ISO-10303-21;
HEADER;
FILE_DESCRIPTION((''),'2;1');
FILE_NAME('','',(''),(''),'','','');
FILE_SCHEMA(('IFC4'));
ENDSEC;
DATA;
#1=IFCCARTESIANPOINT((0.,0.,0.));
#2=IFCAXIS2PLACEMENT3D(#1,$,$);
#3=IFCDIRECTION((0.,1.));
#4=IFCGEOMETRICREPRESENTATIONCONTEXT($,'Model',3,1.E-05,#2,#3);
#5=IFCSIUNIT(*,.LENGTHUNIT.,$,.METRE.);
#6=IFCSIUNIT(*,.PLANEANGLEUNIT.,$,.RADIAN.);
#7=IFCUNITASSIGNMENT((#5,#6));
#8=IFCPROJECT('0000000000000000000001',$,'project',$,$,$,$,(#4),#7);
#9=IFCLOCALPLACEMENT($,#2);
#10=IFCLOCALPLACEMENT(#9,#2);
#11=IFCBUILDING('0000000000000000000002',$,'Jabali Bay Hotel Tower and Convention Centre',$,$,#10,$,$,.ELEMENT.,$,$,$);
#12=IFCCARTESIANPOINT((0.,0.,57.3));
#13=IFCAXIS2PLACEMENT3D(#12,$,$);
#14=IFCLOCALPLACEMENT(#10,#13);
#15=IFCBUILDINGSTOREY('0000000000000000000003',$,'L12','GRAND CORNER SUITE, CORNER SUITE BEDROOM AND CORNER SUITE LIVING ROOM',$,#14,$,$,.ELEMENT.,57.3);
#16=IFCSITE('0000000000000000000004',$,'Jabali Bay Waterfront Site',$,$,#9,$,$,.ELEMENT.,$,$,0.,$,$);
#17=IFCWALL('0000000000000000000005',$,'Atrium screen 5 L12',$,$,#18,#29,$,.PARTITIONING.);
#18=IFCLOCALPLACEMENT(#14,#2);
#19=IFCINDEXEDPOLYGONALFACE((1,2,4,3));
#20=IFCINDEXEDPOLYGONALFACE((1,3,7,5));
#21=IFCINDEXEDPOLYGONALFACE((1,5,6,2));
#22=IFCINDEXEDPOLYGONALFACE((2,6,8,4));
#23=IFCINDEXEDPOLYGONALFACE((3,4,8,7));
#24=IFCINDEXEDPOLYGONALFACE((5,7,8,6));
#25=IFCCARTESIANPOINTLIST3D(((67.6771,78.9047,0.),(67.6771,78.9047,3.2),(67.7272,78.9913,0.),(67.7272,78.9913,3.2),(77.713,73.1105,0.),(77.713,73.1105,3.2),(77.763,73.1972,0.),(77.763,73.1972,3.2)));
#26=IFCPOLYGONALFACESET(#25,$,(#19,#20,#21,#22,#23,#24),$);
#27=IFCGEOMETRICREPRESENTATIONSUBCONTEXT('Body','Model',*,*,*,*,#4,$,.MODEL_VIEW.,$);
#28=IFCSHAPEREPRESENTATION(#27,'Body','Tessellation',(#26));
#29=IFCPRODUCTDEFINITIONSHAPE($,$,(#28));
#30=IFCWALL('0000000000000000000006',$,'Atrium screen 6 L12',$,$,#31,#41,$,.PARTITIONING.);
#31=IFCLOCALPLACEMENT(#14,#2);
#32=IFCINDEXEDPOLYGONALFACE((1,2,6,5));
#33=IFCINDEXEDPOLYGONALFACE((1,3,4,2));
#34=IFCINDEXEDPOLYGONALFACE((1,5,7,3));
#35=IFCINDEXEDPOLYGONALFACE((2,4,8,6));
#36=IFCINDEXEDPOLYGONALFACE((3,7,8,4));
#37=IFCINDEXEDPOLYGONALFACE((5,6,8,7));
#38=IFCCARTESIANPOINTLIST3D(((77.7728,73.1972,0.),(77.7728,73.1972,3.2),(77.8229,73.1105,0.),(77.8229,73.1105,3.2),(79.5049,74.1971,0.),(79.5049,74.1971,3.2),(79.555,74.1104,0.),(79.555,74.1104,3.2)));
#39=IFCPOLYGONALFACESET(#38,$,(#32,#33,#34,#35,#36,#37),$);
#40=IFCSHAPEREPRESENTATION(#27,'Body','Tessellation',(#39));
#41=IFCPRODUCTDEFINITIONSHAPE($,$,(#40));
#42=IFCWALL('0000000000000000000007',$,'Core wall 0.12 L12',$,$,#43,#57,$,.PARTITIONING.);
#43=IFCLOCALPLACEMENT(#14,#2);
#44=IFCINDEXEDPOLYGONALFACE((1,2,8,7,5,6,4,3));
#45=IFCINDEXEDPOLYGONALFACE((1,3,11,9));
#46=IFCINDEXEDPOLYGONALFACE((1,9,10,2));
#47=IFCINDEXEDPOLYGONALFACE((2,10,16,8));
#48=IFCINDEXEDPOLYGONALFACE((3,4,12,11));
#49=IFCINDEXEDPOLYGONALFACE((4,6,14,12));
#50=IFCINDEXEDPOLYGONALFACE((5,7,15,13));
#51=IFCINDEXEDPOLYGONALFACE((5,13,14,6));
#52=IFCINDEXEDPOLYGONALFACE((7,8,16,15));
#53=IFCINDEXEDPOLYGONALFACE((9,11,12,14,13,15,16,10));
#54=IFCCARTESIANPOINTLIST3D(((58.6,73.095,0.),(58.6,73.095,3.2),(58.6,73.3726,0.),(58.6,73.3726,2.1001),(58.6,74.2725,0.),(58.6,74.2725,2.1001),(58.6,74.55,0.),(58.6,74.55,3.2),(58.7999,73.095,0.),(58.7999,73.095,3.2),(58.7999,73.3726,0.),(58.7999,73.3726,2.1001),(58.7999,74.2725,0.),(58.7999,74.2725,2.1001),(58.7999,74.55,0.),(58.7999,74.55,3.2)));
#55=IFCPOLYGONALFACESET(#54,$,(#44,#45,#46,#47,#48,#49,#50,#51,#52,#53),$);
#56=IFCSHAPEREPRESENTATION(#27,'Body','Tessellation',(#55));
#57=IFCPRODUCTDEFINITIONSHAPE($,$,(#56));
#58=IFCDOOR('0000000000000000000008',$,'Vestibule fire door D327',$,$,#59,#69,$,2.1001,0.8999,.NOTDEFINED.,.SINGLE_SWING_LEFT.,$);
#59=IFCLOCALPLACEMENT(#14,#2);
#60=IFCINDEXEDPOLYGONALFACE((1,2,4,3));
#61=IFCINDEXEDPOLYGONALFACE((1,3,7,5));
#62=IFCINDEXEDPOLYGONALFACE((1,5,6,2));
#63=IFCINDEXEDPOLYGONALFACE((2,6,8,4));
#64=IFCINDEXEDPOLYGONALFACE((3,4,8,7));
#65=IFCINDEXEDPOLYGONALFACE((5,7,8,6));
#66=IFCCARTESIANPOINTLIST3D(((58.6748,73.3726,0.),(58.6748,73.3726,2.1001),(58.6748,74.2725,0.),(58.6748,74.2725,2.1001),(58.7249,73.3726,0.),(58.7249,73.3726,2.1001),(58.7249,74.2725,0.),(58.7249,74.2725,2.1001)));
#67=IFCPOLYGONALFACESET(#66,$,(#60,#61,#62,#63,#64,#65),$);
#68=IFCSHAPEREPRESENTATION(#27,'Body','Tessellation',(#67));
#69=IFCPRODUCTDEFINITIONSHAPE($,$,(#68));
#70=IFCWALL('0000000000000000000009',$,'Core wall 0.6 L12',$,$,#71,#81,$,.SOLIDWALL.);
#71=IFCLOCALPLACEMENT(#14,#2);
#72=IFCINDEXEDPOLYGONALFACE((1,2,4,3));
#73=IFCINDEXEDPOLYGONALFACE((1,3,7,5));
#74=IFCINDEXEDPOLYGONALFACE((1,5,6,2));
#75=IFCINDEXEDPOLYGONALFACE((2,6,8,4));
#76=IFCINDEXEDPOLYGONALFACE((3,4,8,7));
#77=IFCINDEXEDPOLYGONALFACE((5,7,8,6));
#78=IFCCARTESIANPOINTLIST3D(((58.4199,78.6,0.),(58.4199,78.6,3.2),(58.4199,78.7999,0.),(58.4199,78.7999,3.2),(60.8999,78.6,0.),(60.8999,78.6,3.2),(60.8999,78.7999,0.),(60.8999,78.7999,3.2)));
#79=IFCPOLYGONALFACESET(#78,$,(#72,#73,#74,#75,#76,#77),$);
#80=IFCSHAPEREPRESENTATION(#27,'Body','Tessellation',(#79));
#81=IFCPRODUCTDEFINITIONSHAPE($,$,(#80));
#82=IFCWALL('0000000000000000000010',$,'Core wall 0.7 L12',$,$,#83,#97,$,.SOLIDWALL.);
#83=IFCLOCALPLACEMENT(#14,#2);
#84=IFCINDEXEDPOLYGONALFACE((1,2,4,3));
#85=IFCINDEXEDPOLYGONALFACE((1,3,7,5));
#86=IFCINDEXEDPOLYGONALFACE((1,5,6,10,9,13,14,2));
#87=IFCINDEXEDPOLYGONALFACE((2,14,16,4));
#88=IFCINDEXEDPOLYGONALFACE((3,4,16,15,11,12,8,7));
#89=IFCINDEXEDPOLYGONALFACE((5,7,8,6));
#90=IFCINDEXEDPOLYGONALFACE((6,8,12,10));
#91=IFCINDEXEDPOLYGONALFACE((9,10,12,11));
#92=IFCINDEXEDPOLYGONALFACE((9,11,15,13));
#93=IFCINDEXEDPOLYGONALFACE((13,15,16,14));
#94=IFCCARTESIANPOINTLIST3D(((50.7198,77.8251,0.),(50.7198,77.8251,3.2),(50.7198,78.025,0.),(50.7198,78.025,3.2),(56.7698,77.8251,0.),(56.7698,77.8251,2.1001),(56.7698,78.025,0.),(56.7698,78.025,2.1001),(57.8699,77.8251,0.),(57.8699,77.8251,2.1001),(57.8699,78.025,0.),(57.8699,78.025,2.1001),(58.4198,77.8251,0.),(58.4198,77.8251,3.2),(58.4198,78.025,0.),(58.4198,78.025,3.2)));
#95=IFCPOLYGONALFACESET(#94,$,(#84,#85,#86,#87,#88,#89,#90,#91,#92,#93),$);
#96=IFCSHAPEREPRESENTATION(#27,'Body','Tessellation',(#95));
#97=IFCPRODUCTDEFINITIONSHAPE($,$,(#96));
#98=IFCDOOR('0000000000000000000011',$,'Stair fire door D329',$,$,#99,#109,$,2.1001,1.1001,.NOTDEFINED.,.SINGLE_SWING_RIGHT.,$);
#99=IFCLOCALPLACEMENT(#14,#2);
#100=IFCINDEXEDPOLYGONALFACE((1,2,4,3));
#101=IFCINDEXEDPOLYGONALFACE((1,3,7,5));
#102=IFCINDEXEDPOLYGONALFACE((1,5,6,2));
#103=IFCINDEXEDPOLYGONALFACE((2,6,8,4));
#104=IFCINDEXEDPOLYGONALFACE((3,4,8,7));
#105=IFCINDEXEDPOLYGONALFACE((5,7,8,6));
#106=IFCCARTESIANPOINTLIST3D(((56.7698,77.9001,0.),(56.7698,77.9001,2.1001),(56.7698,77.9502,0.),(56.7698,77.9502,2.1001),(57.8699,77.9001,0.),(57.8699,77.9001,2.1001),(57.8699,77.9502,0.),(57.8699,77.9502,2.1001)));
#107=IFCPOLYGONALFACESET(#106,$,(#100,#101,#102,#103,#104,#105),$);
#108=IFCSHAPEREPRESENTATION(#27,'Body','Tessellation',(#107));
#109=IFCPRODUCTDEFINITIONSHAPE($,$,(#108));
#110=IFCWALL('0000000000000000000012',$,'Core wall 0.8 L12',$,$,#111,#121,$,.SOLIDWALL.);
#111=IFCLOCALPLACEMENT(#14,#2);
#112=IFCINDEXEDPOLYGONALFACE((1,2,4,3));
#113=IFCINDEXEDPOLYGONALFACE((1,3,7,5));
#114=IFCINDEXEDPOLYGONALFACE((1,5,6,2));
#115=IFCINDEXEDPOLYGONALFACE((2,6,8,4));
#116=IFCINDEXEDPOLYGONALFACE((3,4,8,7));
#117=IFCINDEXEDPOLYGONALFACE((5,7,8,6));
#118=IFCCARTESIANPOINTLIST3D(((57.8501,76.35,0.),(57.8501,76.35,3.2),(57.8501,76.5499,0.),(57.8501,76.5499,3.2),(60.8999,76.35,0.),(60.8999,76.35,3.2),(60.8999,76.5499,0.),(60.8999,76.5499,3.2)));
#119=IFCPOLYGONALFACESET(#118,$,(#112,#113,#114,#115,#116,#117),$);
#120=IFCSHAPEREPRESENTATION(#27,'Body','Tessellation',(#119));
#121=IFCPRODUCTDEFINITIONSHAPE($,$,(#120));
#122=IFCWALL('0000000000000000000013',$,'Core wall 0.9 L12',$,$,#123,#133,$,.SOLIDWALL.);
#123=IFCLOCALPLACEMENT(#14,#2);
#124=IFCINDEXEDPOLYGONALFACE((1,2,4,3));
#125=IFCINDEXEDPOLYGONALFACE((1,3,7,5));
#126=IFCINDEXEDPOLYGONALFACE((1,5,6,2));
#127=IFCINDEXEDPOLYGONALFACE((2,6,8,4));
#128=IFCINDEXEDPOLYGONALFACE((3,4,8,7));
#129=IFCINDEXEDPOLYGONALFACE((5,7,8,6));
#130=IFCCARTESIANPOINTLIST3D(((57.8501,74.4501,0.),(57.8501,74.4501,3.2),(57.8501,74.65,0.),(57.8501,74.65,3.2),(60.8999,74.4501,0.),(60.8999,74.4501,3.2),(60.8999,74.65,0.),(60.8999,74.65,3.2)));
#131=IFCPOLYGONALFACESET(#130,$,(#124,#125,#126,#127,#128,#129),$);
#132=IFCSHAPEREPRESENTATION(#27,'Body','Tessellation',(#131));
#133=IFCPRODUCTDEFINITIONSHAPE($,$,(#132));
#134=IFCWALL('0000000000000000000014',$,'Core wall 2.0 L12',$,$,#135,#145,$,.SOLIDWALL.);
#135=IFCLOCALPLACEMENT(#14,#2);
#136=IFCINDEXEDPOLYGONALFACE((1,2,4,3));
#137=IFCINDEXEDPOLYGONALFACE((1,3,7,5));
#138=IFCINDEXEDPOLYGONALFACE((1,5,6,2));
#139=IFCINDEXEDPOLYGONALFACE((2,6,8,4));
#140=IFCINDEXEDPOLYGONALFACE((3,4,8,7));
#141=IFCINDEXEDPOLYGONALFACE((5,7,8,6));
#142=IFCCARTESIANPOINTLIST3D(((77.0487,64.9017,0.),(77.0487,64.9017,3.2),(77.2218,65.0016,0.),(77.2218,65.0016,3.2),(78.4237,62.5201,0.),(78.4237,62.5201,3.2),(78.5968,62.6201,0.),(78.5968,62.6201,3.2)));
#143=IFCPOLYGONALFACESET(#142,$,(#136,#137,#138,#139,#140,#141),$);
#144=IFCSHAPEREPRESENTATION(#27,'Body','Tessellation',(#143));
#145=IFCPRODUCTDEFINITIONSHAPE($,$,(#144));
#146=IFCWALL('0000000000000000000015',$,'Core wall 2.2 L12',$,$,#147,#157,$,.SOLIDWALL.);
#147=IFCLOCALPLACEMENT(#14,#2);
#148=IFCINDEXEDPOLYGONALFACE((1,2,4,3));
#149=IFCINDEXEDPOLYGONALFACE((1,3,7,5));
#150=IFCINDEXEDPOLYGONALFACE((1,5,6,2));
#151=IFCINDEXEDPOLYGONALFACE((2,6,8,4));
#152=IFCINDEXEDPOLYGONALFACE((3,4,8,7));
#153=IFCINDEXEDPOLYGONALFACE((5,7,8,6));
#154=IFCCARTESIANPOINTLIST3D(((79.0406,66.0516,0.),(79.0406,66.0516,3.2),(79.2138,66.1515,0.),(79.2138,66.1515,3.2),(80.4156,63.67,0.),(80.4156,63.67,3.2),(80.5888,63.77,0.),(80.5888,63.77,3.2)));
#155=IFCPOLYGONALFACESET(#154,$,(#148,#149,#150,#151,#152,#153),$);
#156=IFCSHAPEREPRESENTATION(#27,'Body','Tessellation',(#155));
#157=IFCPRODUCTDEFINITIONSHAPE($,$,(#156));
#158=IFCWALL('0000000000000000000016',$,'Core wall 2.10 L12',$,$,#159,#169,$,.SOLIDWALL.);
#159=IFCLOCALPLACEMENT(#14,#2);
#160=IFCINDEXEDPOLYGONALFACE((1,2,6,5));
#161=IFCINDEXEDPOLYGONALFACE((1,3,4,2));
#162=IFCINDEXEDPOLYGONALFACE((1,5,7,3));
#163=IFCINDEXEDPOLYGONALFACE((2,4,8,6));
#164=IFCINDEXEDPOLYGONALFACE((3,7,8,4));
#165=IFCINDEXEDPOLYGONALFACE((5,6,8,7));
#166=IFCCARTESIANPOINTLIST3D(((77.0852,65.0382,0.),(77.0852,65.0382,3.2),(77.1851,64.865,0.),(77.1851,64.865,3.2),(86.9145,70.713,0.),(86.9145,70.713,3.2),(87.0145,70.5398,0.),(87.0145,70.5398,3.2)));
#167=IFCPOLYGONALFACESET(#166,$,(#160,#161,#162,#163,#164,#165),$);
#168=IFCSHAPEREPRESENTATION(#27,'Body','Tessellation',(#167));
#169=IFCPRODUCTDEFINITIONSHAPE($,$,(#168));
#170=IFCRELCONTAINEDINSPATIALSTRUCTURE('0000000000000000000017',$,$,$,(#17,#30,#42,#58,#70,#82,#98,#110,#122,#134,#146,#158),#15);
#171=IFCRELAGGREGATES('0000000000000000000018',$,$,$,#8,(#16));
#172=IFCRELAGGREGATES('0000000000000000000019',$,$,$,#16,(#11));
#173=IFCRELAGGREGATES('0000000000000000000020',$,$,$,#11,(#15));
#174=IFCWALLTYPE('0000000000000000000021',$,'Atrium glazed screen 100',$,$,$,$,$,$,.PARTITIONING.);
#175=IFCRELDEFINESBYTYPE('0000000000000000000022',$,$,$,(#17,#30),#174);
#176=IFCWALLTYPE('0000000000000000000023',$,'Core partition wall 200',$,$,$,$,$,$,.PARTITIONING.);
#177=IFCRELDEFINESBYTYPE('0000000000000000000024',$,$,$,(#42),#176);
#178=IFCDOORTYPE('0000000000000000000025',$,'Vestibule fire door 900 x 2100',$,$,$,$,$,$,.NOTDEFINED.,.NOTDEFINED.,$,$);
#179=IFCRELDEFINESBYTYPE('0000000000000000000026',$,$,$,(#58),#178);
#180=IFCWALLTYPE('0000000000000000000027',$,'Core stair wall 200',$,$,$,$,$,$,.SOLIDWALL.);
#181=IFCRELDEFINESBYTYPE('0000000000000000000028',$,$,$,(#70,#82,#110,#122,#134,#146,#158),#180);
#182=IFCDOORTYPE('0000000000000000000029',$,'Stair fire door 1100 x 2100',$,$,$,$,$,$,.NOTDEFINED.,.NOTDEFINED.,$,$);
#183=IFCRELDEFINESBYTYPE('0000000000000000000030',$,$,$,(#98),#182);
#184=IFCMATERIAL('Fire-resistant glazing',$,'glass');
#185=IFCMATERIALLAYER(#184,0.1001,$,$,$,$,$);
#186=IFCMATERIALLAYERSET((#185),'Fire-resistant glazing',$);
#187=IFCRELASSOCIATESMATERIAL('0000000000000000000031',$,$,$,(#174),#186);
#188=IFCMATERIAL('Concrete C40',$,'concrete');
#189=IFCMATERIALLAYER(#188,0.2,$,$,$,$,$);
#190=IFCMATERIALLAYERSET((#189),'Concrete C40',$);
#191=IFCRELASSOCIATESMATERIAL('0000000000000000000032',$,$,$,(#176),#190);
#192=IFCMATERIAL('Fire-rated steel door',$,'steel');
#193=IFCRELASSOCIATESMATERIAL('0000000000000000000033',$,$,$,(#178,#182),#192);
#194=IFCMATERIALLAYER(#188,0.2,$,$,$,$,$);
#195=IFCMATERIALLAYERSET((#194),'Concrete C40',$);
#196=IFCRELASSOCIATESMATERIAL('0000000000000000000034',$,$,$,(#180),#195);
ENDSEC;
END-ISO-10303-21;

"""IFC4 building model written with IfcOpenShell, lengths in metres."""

from ifc_helpers import new_model, si_unit, direction, frame, frame_2d, origin, place, context, subcontext, project, spatial, rectangle, extrude, material, layer, layer_set, type_object, element, fill, save


model = new_model("IFC4")

# Units and contexts
model_context = context("Model", 3, precision=1e-05, world=origin(), true_north=direction((0.0, 1.0)))
body_context = subcontext(model_context, "Body", "Model", "MODEL_VIEW")
ifc_project = project(units=[si_unit("LENGTHUNIT", "METRE"), si_unit("PLANEANGLEUNIT", "RADIAN")], contexts=[model_context])

# Site, building, storey
site_placement = place(None, origin())
site = spatial("IfcSite", under=ifc_project, at=site_placement, Name="Jabali Bay Waterfront Site", CompositionType="ELEMENT", RefElevation=0.0)
building_placement = place(site_placement, origin())
building = spatial("IfcBuilding", under=site, at=building_placement, Name="Jabali Bay Hotel Tower and Convention Centre", CompositionType="ELEMENT")
storey_placement = place(building_placement, frame((0.0, 0.0, 57.3)))
storey = spatial("IfcBuildingStorey", under=building, at=storey_placement, Name="L12", Description="GRAND CORNER SUITE, CORNER SUITE BEDROOM AND CORNER SUITE LIVING ROOM", CompositionType="ELEMENT", Elevation=57.3)

# Walls
ifc_material_1 = material(Name="Fire-resistant glazing", Category="glass")
ifc_layer_1 = layer(ifc_material_1, 0.1001)
ifc_layer_set_1 = layer_set([ifc_layer_1], Name="Fire-resistant glazing")
wall_type_1 = type_object("IfcWallType", Name="Atrium glazed screen 100", PredefinedType="PARTITIONING", material=ifc_layer_set_1)
wall_1_placement = place(storey_placement, frame((67.7021, 78.948, 0.0), z_axis=(0.0, 0.0, 1.0), x_axis=(0.866027, -0.499998, 0.0)))
element("IfcWall", 1, at=wall_1_placement, inside=storey, type_object=wall_type_1, Name="Atrium screen 5 L12", PredefinedType="PARTITIONING", context=body_context, shape_type="SweptSolid", body=[
    extrude(rectangle(XDim=11.5884, YDim=0.1001, at=frame_2d((5.7942, 0.0))), origin(), (0.0, 0.0, 1.0), 3.2),
])
wall_2_placement = place(storey_placement, frame((77.7979, 73.1538, 0.0), z_axis=(0.0, 0.0, 1.0), x_axis=(0.866041, 0.499973, 0.0)))
element("IfcWall", 2, at=wall_2_placement, inside=storey, type_object=wall_type_1, Name="Atrium screen 6 L12", PredefinedType="PARTITIONING", context=body_context, shape_type="SweptSolid", body=[
    extrude(rectangle(XDim=2.0, YDim=0.1001, at=frame_2d((1.0, 0.0))), origin(), (0.0, 0.0, 1.0), 3.2),
])

# Wall, opening, door
ifc_material_2 = material(Name="Concrete C40", Category="concrete")
ifc_layer_2 = layer(ifc_material_2, 0.2)
ifc_layer_set_2 = layer_set([ifc_layer_2], Name="Concrete C40")
wall_type_2 = type_object("IfcWallType", Name="Core partition wall 200", PredefinedType="PARTITIONING", material=ifc_layer_set_2)
wall_3_placement = place(storey_placement, frame((58.7, 74.55, 0.0), z_axis=(0.0, 0.0, 1.0), x_axis=(0.0, -1.0, 0.0)))
wall_3 = element("IfcWall", 3, at=wall_3_placement, inside=storey, type_object=wall_type_2, Name="Core wall 0.12 L12", PredefinedType="PARTITIONING", context=body_context, shape_type="SweptSolid", body=[
    extrude(rectangle(XDim=1.4551, YDim=0.2, at=frame_2d((0.7275, 0.0))), origin(), (0.0, 0.0, 1.0), 3.2),
])
opening_1_placement = place(wall_3_placement, frame((0.2776, 0.0, 0.0)))
opening_1 = element("IfcOpeningElement", 4, at=opening_1_placement, cuts=wall_3, PredefinedType="OPENING", context=body_context, shape_type="SweptSolid", body=[
    extrude(rectangle(XDim=0.8999, YDim=2.1001, at=frame_2d((0.45, 1.05))), frame((0.0, 0.1104, 0.0), z_axis=(0.0, -1.0, 0.0), x_axis=(1.0, 0.0, 0.0)), (0.0, 0.0, 1.0), 0.2209),
])
ifc_material_3 = material(Name="Fire-rated steel door", Category="steel")
door_type_1 = type_object("IfcDoorType", Name="Vestibule fire door 900 x 2100", OperationType="NOTDEFINED", PredefinedType="NOTDEFINED", material=ifc_material_3)
door_1_placement = place(opening_1_placement, origin())
door_1 = element("IfcDoor", 5, at=door_1_placement, inside=storey, type_object=door_type_1, Name="Vestibule fire door D327", OperationType="SINGLE_SWING_LEFT", OverallHeight=2.1001, OverallWidth=0.8999, PredefinedType="NOTDEFINED", context=body_context, shape_type="SweptSolid", body=[
    extrude(rectangle(XDim=0.8999, YDim=2.1001, at=frame_2d((0.45, 1.05))), frame((0.0, 0.0249, 0.0), z_axis=(0.0, -1.0, 0.0), x_axis=(1.0, 0.0, 0.0)), (0.0, 0.0, 1.0), 0.05),
])
fill(opening_1, door_1)

# Wall
ifc_layer_3 = layer(ifc_material_2, 0.2)
ifc_layer_set_3 = layer_set([ifc_layer_3], Name="Concrete C40")
wall_type_3 = type_object("IfcWallType", Name="Core stair wall 200", PredefinedType="SOLIDWALL", material=ifc_layer_set_3)
wall_4_placement = place(storey_placement, frame((60.8999, 78.7, 0.0), z_axis=(0.0, 0.0, 1.0), x_axis=(-1.0, 0.0, 0.0)))
element("IfcWall", 6, at=wall_4_placement, inside=storey, type_object=wall_type_3, Name="Core wall 0.6 L12", PredefinedType="SOLIDWALL", context=body_context, shape_type="SweptSolid", body=[
    extrude(rectangle(XDim=2.48, YDim=0.2, at=frame_2d((1.24, 0.0))), origin(), (0.0, 0.0, 1.0), 3.2),
])

# Wall, opening, door
wall_5_placement = place(storey_placement, frame((58.4199, 77.925, 0.0), z_axis=(0.0, 0.0, 1.0), x_axis=(-1.0, 0.0, 0.0)))
wall_5 = element("IfcWall", 7, at=wall_5_placement, inside=storey, type_object=wall_type_3, Name="Core wall 0.7 L12", PredefinedType="SOLIDWALL", context=body_context, shape_type="SweptSolid", body=[
    extrude(rectangle(XDim=7.7, YDim=0.2, at=frame_2d((3.8501, 0.0))), origin(), (0.0, 0.0, 1.0), 3.2),
])
opening_2_placement = place(wall_5_placement, frame((0.55, 0.0, 0.0)))
opening_2 = element("IfcOpeningElement", 8, at=opening_2_placement, cuts=wall_5, PredefinedType="OPENING", context=body_context, shape_type="SweptSolid", body=[
    extrude(rectangle(XDim=1.1001, YDim=2.1001, at=frame_2d((0.55, 1.05))), frame((0.0, 0.1104, 0.0), z_axis=(0.0, -1.0, 0.0), x_axis=(1.0, 0.0, 0.0)), (0.0, 0.0, 1.0), 0.2209),
])
door_type_2 = type_object("IfcDoorType", Name="Stair fire door 1100 x 2100", OperationType="NOTDEFINED", PredefinedType="NOTDEFINED", material=ifc_material_3)
door_2_placement = place(opening_2_placement, origin())
door_2 = element("IfcDoor", 9, at=door_2_placement, inside=storey, type_object=door_type_2, Name="Stair fire door D329", OperationType="SINGLE_SWING_RIGHT", OverallHeight=2.1001, OverallWidth=1.1001, PredefinedType="NOTDEFINED", context=body_context, shape_type="SweptSolid", body=[
    extrude(rectangle(XDim=1.1001, YDim=2.1001, at=frame_2d((0.55, 1.05))), frame((0.0, 0.0249, 0.0), z_axis=(0.0, -1.0, 0.0), x_axis=(1.0, 0.0, 0.0)), (0.0, 0.0, 1.0), 0.05),
])
fill(opening_2, door_2)

# Walls
for number, where, z_axis, x_axis, name in (
    (10, (60.8999, 76.45, 0.0), (0.0, 0.0, 1.0), (-1.0, 0.0, 0.0), "Core wall 0.8 L12"),
    (11, (60.8999, 74.55, 0.0), (0.0, 0.0, 1.0), (-1.0, 0.0, 0.0), "Core wall 0.9 L12"),
):
    element("IfcWall", number, at=place(storey_placement, frame(where, z_axis=z_axis, x_axis=x_axis)), inside=storey, type_object=wall_type_3, Name=name, PredefinedType="SOLIDWALL", context=body_context, shape_type="SweptSolid", body=[
        extrude(rectangle(XDim=3.0498, YDim=0.2, at=frame_2d((1.5249, 0.0))), origin(), (0.0, 0.0, 1.0), 3.2),
    ])
for number, where, z_axis, x_axis, name in (
    (12, (77.1353, 64.9517, 0.0), (0.0, 0.0, 1.0), (0.499997, -0.866027, 0.0), "Core wall 2.0 L12"),
    (13, (79.1272, 66.1016, 0.0), (0.0, 0.0, 1.0), (0.499997, -0.866027, 0.0), "Core wall 2.2 L12"),
):
    element("IfcWall", number, at=place(storey_placement, frame(where, z_axis=z_axis, x_axis=x_axis)), inside=storey, type_object=wall_type_3, Name=name, PredefinedType="SOLIDWALL", context=body_context, shape_type="SweptSolid", body=[
        extrude(rectangle(XDim=2.75, YDim=0.2, at=frame_2d((1.375, 0.0))), origin(), (0.0, 0.0, 1.0), 3.2),
    ])
wall_6_placement = place(storey_placement, frame((77.1353, 64.9517, 0.0), z_axis=(0.0, 0.0, 1.0), x_axis=(0.866032, 0.499989, 0.0)))
element("IfcWall", 14, at=wall_6_placement, inside=storey, type_object=wall_type_3, Name="Core wall 2.10 L12", PredefinedType="SOLIDWALL", context=body_context, shape_type="SweptSolid", body=[
    extrude(rectangle(XDim=11.3499, YDim=0.2, at=frame_2d((5.6748, 0.0))), origin(), (0.0, 0.0, 1.0), 3.2),
])

save(model, "model.ifc")
